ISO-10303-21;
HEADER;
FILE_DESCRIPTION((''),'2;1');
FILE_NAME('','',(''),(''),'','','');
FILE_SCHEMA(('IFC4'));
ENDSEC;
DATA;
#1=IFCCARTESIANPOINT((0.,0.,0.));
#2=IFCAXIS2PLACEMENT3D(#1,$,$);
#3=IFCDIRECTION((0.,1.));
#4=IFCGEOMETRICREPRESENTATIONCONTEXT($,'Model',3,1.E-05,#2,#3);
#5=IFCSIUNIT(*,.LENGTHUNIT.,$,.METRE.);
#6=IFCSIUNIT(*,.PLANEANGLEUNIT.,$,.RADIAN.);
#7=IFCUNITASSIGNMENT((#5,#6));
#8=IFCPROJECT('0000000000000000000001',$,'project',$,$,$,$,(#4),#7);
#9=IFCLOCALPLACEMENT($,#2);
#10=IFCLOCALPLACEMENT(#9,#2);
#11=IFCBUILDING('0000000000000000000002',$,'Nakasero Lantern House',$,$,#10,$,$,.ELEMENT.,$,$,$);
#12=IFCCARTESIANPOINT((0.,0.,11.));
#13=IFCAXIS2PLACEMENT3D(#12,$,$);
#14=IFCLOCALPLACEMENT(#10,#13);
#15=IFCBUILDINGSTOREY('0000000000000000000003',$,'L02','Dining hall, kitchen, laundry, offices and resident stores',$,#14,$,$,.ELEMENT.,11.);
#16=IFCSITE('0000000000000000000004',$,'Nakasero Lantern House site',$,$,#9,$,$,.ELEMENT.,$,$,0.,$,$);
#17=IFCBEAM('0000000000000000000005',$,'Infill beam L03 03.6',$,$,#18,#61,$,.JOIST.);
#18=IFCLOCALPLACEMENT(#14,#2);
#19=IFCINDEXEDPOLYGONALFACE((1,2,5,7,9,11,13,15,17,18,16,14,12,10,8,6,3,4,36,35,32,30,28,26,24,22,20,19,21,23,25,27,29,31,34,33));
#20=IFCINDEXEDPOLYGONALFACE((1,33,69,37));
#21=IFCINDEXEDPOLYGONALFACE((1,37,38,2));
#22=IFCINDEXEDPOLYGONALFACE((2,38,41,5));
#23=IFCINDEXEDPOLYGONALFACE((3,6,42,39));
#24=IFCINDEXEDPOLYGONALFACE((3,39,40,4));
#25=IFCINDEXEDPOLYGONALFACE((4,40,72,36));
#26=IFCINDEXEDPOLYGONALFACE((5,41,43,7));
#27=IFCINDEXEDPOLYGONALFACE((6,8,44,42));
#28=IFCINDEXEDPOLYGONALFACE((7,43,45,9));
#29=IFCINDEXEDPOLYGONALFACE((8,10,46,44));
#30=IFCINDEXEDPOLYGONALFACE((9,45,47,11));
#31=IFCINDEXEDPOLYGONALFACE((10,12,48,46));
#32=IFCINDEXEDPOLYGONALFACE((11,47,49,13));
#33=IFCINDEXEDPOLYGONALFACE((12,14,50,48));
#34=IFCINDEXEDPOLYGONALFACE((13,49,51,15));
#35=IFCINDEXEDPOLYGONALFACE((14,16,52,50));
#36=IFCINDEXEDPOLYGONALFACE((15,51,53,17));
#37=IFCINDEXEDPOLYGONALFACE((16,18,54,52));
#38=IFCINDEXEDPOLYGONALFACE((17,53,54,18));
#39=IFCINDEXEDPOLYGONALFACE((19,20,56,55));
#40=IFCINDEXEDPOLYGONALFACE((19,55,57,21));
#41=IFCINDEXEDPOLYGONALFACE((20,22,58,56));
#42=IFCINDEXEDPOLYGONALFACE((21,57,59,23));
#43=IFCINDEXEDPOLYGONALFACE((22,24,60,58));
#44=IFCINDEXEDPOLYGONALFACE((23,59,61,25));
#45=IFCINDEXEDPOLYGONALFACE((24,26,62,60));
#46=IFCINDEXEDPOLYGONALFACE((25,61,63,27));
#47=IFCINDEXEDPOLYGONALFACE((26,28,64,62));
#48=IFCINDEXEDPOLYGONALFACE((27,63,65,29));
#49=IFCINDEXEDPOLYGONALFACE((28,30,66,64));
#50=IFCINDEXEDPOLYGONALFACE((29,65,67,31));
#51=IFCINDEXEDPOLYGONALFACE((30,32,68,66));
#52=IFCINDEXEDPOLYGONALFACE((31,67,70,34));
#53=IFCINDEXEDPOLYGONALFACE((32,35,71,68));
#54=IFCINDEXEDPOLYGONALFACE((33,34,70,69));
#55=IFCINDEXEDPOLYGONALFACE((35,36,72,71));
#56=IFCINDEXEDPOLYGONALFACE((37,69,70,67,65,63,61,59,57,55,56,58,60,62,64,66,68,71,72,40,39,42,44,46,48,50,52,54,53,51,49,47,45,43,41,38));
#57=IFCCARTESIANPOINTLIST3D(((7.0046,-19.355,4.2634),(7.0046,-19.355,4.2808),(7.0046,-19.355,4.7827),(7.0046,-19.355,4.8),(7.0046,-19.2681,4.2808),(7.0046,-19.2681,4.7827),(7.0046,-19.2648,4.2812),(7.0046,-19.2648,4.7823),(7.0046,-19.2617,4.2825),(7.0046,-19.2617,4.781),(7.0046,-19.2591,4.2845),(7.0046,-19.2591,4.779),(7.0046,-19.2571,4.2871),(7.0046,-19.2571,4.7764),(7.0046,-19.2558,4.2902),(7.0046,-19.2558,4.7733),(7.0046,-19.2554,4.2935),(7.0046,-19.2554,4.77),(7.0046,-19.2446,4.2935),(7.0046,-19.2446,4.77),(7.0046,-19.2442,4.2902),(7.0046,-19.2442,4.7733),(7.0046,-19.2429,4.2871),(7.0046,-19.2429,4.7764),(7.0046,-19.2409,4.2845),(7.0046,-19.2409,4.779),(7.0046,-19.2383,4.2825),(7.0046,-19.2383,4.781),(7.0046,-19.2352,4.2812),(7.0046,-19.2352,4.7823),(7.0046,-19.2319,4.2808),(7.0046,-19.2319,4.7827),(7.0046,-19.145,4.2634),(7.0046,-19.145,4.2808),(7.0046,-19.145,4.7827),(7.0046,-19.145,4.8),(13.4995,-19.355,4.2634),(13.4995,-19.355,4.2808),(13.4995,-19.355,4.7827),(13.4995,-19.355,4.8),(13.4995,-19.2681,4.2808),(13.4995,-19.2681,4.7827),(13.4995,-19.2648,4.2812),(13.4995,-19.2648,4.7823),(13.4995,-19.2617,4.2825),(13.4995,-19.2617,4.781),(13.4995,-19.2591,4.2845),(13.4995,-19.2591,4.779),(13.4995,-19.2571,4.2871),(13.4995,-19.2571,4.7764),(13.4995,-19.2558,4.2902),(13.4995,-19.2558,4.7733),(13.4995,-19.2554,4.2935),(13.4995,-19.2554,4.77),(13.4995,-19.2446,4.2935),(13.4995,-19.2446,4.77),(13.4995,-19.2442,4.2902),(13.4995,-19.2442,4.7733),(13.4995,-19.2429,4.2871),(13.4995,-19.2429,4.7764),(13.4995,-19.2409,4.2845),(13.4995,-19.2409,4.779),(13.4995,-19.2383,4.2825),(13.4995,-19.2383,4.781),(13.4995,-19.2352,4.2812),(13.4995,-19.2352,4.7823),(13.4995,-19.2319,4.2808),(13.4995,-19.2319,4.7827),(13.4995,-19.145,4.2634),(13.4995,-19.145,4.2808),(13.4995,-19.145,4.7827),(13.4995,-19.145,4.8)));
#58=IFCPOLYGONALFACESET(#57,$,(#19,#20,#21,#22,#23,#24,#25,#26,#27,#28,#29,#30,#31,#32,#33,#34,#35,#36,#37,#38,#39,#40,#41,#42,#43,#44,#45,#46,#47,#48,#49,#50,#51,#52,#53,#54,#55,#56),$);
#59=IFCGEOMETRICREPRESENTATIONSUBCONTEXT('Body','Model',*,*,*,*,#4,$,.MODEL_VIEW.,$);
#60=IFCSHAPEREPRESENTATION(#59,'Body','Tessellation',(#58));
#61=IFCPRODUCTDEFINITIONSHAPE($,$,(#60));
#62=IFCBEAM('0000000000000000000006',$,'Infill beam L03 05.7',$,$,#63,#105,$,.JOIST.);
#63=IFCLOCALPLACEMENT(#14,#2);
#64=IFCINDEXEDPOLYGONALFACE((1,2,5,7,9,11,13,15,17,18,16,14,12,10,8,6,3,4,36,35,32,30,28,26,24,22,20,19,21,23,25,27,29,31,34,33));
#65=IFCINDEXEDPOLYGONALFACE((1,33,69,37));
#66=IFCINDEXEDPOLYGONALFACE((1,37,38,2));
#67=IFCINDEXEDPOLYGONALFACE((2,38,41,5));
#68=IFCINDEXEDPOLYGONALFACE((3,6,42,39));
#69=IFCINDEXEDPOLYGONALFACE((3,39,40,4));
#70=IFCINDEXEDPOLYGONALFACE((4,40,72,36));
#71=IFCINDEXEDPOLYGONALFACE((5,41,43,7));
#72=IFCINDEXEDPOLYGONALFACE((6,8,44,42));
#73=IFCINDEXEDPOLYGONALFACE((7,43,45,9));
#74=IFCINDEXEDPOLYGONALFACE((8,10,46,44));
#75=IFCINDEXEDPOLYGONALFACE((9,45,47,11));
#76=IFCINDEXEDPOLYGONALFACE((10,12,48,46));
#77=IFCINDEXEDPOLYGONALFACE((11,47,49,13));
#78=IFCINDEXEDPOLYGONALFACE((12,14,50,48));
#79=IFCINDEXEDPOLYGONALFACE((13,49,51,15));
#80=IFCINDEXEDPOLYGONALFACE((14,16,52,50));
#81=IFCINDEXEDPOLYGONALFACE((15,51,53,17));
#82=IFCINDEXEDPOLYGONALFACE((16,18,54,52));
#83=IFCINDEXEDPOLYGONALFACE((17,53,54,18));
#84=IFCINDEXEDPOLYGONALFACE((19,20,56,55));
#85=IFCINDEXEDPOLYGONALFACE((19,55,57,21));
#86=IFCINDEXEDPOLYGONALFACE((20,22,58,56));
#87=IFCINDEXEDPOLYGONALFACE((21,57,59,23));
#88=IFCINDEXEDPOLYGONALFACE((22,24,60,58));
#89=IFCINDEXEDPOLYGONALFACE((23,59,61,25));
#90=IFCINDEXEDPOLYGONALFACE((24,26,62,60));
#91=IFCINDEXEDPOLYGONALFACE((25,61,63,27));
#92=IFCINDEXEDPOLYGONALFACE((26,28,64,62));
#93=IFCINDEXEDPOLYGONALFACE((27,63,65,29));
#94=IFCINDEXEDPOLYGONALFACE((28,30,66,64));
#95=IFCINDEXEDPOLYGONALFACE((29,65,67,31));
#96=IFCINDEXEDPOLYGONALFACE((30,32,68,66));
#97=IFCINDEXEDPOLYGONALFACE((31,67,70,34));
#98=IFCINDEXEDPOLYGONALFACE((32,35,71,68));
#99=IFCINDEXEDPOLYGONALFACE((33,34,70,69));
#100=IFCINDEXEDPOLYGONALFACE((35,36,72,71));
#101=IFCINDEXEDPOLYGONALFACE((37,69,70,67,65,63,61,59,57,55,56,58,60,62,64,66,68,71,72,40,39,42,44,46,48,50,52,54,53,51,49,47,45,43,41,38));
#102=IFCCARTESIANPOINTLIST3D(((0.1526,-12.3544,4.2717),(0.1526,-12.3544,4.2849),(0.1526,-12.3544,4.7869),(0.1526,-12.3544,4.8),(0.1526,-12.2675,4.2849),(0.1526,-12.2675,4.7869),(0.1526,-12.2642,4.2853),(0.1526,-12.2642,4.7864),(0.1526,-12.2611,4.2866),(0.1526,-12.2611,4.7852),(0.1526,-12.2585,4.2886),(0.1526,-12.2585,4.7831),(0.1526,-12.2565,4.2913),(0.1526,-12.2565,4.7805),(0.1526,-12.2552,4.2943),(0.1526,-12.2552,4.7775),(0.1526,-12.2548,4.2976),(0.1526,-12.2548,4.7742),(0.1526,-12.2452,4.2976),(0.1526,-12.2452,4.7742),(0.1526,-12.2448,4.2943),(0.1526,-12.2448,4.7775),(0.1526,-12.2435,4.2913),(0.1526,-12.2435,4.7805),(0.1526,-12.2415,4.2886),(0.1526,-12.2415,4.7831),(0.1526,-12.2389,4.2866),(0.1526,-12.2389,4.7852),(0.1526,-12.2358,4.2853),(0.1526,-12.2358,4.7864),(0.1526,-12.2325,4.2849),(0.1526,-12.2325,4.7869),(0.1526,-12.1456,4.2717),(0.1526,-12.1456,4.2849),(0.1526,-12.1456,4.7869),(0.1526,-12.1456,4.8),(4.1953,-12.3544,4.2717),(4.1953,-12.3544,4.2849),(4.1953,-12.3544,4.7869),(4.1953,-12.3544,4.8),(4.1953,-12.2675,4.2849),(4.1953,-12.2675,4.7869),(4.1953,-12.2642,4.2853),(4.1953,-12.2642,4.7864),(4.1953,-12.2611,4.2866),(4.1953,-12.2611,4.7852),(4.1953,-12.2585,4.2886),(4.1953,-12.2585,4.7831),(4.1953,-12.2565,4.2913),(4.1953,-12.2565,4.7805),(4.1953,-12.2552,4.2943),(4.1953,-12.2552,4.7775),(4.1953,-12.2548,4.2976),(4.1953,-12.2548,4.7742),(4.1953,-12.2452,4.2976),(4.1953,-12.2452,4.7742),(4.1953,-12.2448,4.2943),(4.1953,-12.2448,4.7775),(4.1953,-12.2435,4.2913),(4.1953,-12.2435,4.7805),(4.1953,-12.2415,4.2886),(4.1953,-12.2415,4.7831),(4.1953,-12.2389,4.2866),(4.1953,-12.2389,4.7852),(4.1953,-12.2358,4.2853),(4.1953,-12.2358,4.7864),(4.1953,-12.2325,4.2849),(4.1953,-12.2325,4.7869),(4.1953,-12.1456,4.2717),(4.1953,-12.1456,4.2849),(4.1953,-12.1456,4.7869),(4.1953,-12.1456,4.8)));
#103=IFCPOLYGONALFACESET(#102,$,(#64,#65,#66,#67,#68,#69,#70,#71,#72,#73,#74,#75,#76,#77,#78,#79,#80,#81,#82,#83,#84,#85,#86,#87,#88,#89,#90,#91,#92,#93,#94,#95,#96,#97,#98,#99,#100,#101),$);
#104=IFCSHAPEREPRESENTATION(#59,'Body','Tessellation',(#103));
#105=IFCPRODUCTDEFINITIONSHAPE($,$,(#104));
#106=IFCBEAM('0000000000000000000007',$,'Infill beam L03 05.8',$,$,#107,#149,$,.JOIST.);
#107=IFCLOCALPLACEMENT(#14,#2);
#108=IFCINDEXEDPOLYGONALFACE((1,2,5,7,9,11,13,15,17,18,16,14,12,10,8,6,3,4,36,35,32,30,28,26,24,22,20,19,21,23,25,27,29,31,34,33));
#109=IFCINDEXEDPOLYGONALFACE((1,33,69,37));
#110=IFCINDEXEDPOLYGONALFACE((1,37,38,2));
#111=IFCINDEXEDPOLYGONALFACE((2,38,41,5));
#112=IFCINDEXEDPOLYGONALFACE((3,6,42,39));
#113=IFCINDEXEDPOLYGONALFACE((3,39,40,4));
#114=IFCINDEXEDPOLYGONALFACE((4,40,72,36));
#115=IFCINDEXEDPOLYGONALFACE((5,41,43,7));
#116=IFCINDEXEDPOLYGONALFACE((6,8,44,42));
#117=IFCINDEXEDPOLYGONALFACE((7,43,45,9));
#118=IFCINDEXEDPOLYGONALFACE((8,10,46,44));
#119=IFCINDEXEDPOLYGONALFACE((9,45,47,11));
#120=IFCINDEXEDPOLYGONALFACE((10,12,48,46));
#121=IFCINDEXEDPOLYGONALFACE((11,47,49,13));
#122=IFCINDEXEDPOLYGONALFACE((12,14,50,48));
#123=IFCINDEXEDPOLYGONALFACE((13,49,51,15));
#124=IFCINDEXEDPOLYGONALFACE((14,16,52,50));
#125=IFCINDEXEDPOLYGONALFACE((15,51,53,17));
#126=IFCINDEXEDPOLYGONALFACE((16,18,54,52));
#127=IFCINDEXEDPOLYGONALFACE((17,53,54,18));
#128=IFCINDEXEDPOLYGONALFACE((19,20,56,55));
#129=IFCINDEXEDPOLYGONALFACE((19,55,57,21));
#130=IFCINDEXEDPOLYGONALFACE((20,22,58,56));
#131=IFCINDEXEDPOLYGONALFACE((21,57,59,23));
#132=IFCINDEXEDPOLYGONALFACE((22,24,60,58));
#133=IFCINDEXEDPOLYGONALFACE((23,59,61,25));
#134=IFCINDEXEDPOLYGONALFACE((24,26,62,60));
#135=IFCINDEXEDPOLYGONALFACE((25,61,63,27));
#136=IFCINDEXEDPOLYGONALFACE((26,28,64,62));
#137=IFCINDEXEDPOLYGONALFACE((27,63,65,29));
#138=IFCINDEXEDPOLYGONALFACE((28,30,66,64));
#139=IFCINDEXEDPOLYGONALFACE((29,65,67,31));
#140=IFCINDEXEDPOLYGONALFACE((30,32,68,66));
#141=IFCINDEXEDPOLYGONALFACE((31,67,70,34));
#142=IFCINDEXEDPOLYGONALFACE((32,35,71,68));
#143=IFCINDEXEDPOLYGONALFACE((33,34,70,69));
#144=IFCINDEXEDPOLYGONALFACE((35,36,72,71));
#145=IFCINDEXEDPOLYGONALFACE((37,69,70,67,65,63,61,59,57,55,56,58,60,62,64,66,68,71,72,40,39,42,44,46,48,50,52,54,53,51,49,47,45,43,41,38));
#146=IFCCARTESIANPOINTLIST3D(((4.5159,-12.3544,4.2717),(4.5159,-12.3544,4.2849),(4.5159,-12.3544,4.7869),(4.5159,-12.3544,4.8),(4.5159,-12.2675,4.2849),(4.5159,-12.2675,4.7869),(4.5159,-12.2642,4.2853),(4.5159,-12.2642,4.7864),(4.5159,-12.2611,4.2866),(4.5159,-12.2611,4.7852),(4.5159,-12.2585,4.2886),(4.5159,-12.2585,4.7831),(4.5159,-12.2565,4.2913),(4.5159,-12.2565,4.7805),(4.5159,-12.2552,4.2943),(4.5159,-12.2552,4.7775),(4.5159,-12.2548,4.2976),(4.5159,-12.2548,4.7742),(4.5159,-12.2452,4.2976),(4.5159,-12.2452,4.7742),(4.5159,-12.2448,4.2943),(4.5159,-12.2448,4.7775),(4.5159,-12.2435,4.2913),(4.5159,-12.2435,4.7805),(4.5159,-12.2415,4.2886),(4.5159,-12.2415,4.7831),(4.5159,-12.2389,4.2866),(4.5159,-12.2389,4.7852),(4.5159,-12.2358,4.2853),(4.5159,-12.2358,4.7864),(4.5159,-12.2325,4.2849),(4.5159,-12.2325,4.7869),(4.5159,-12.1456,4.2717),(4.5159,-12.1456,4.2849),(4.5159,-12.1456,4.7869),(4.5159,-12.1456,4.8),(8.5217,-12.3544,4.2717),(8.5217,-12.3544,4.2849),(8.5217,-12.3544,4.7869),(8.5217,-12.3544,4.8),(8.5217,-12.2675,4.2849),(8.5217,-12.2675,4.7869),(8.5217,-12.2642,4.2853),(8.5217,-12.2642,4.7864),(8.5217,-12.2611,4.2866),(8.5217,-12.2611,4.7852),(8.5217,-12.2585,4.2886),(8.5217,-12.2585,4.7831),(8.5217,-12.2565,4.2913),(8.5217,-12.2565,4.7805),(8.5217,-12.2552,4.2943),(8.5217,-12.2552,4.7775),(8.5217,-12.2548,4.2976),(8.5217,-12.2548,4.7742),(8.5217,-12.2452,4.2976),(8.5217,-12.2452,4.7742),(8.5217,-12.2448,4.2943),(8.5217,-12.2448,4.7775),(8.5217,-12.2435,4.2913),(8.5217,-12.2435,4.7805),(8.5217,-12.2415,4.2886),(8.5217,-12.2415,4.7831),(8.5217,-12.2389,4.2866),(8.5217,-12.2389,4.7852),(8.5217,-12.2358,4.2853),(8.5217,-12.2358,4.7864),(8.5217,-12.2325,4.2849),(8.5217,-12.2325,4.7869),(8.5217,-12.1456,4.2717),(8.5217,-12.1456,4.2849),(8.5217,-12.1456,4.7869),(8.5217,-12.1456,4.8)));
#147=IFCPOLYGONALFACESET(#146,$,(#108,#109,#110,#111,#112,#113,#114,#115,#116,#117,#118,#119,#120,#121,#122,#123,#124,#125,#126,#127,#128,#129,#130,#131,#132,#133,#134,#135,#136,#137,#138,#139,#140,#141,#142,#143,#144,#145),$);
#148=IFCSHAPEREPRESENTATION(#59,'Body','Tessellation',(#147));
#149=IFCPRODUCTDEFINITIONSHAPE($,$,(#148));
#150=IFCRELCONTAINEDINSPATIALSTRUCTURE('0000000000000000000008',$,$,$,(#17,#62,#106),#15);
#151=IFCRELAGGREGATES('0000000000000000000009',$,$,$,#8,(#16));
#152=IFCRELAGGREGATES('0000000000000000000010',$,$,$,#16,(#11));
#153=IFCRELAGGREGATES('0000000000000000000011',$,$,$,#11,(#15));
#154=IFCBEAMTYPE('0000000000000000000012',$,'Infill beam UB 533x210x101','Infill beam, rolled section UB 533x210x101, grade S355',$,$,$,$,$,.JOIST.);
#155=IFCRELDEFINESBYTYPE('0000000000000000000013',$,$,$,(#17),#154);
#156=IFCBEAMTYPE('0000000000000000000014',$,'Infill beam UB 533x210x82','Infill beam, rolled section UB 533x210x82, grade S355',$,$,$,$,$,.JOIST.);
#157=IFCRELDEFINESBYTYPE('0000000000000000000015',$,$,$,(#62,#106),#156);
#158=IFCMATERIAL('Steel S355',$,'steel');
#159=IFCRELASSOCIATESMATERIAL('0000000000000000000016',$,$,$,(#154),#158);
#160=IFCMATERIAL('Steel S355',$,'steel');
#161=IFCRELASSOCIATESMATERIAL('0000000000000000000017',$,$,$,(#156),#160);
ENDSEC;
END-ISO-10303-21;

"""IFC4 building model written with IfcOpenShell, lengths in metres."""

from ifc_helpers import new_model, si_unit, direction, frame, origin, origin_2d, place, context, subcontext, project, spatial, i_section, extrude, material, material_profile, profile_set, type_object, element, save


model = new_model("IFC4")

# Units and contexts
model_context = context("Model", 3, precision=1e-05, world=origin(), true_north=direction((0.0, 1.0)))
body_context = subcontext(model_context, "Body", "Model", "MODEL_VIEW")
ifc_project = project(units=[si_unit("LENGTHUNIT", "METRE"), si_unit("PLANEANGLEUNIT", "RADIAN")], contexts=[model_context])

# Site, building, storey
site_placement = place(None, origin())
site = spatial("IfcSite", under=ifc_project, at=site_placement, Name="Nakasero Lantern House site", CompositionType="ELEMENT", RefElevation=0.0)
building_placement = place(site_placement, origin())
building = spatial("IfcBuilding", under=site, at=building_placement, Name="Nakasero Lantern House", CompositionType="ELEMENT")
storey_placement = place(building_placement, frame((0.0, 0.0, 11.0)))
storey = spatial("IfcBuildingStorey", under=building, at=storey_placement, Name="L02", Description="Dining hall, kitchen, laundry, offices and resident stores", CompositionType="ELEMENT", Elevation=11.0)

# Beams
ifc_material_1 = material(Name="Steel S355", Category="steel")
ifc_material_profile_1 = material_profile(ifc_material_1, i_section(OverallWidth=0.21, OverallDepth=0.5366, WebThickness=0.0107, FlangeThickness=0.0173, FilletRadius=0.0127, at=origin_2d()), Name="UB 533x210x101")
ifc_profile_set_1 = profile_set([ifc_material_profile_1], Name="Steel S355")
beam_type_1 = type_object("IfcBeamType", Name="Infill beam UB 533x210x101", Description="Infill beam, rolled section UB 533x210x101, grade S355", PredefinedType="JOIST", material=ifc_profile_set_1)
beam_1_placement = place(storey_placement, frame((7.0046, -19.25, 4.5317), z_axis=(1.0, 0.0, 0.0), x_axis=(0.0, 1.0, 0.0)))
element("IfcBeam", 1, at=beam_1_placement, inside=storey, type_object=beam_type_1, Name="Infill beam L03 03.6", PredefinedType="JOIST", context=body_context, shape_type="SweptSolid", body=[
    extrude(i_section(OverallWidth=0.21, OverallDepth=0.5366, WebThickness=0.0107, FlangeThickness=0.0173, FilletRadius=0.0127, at=origin_2d()), origin(), (0.0, 0.0, 1.0), 6.4949),
])
ifc_material_2 = material(Name="Steel S355", Category="steel")
ifc_material_profile_2 = material_profile(ifc_material_2, i_section(OverallWidth=0.2087, OverallDepth=0.5283, WebThickness=0.0095, FlangeThickness=0.0132, FilletRadius=0.0127, at=origin_2d()), Name="UB 533x210x82")
ifc_profile_set_2 = profile_set([ifc_material_profile_2], Name="Steel S355")
beam_type_2 = type_object("IfcBeamType", Name="Infill beam UB 533x210x82", Description="Infill beam, rolled section UB 533x210x82, grade S355", PredefinedType="JOIST", material=ifc_profile_set_2)
beam_2_placement = place(storey_placement, frame((0.1526, -12.25, 4.5359), z_axis=(1.0, 0.0, 0.0), x_axis=(0.0, 1.0, 0.0)))
element("IfcBeam", 2, at=beam_2_placement, inside=storey, type_object=beam_type_2, Name="Infill beam L03 05.7", PredefinedType="JOIST", context=body_context, shape_type="SweptSolid", body=[
    extrude(i_section(OverallWidth=0.2087, OverallDepth=0.5283, WebThickness=0.0095, FlangeThickness=0.0132, FilletRadius=0.0127, at=origin_2d()), origin(), (0.0, 0.0, 1.0), 4.0427),
])
beam_3_placement = place(storey_placement, frame((4.5159, -12.25, 4.5359), z_axis=(1.0, 0.0, 0.0), x_axis=(0.0, 1.0, 0.0)))
element("IfcBeam", 3, at=beam_3_placement, inside=storey, type_object=beam_type_2, Name="Infill beam L03 05.8", PredefinedType="JOIST", context=body_context, shape_type="SweptSolid", body=[
    extrude(i_section(OverallWidth=0.2087, OverallDepth=0.5283, WebThickness=0.0095, FlangeThickness=0.0132, FilletRadius=0.0127, at=origin_2d()), origin(), (0.0, 0.0, 1.0), 4.0059),
])

save(model, "model.ifc")
